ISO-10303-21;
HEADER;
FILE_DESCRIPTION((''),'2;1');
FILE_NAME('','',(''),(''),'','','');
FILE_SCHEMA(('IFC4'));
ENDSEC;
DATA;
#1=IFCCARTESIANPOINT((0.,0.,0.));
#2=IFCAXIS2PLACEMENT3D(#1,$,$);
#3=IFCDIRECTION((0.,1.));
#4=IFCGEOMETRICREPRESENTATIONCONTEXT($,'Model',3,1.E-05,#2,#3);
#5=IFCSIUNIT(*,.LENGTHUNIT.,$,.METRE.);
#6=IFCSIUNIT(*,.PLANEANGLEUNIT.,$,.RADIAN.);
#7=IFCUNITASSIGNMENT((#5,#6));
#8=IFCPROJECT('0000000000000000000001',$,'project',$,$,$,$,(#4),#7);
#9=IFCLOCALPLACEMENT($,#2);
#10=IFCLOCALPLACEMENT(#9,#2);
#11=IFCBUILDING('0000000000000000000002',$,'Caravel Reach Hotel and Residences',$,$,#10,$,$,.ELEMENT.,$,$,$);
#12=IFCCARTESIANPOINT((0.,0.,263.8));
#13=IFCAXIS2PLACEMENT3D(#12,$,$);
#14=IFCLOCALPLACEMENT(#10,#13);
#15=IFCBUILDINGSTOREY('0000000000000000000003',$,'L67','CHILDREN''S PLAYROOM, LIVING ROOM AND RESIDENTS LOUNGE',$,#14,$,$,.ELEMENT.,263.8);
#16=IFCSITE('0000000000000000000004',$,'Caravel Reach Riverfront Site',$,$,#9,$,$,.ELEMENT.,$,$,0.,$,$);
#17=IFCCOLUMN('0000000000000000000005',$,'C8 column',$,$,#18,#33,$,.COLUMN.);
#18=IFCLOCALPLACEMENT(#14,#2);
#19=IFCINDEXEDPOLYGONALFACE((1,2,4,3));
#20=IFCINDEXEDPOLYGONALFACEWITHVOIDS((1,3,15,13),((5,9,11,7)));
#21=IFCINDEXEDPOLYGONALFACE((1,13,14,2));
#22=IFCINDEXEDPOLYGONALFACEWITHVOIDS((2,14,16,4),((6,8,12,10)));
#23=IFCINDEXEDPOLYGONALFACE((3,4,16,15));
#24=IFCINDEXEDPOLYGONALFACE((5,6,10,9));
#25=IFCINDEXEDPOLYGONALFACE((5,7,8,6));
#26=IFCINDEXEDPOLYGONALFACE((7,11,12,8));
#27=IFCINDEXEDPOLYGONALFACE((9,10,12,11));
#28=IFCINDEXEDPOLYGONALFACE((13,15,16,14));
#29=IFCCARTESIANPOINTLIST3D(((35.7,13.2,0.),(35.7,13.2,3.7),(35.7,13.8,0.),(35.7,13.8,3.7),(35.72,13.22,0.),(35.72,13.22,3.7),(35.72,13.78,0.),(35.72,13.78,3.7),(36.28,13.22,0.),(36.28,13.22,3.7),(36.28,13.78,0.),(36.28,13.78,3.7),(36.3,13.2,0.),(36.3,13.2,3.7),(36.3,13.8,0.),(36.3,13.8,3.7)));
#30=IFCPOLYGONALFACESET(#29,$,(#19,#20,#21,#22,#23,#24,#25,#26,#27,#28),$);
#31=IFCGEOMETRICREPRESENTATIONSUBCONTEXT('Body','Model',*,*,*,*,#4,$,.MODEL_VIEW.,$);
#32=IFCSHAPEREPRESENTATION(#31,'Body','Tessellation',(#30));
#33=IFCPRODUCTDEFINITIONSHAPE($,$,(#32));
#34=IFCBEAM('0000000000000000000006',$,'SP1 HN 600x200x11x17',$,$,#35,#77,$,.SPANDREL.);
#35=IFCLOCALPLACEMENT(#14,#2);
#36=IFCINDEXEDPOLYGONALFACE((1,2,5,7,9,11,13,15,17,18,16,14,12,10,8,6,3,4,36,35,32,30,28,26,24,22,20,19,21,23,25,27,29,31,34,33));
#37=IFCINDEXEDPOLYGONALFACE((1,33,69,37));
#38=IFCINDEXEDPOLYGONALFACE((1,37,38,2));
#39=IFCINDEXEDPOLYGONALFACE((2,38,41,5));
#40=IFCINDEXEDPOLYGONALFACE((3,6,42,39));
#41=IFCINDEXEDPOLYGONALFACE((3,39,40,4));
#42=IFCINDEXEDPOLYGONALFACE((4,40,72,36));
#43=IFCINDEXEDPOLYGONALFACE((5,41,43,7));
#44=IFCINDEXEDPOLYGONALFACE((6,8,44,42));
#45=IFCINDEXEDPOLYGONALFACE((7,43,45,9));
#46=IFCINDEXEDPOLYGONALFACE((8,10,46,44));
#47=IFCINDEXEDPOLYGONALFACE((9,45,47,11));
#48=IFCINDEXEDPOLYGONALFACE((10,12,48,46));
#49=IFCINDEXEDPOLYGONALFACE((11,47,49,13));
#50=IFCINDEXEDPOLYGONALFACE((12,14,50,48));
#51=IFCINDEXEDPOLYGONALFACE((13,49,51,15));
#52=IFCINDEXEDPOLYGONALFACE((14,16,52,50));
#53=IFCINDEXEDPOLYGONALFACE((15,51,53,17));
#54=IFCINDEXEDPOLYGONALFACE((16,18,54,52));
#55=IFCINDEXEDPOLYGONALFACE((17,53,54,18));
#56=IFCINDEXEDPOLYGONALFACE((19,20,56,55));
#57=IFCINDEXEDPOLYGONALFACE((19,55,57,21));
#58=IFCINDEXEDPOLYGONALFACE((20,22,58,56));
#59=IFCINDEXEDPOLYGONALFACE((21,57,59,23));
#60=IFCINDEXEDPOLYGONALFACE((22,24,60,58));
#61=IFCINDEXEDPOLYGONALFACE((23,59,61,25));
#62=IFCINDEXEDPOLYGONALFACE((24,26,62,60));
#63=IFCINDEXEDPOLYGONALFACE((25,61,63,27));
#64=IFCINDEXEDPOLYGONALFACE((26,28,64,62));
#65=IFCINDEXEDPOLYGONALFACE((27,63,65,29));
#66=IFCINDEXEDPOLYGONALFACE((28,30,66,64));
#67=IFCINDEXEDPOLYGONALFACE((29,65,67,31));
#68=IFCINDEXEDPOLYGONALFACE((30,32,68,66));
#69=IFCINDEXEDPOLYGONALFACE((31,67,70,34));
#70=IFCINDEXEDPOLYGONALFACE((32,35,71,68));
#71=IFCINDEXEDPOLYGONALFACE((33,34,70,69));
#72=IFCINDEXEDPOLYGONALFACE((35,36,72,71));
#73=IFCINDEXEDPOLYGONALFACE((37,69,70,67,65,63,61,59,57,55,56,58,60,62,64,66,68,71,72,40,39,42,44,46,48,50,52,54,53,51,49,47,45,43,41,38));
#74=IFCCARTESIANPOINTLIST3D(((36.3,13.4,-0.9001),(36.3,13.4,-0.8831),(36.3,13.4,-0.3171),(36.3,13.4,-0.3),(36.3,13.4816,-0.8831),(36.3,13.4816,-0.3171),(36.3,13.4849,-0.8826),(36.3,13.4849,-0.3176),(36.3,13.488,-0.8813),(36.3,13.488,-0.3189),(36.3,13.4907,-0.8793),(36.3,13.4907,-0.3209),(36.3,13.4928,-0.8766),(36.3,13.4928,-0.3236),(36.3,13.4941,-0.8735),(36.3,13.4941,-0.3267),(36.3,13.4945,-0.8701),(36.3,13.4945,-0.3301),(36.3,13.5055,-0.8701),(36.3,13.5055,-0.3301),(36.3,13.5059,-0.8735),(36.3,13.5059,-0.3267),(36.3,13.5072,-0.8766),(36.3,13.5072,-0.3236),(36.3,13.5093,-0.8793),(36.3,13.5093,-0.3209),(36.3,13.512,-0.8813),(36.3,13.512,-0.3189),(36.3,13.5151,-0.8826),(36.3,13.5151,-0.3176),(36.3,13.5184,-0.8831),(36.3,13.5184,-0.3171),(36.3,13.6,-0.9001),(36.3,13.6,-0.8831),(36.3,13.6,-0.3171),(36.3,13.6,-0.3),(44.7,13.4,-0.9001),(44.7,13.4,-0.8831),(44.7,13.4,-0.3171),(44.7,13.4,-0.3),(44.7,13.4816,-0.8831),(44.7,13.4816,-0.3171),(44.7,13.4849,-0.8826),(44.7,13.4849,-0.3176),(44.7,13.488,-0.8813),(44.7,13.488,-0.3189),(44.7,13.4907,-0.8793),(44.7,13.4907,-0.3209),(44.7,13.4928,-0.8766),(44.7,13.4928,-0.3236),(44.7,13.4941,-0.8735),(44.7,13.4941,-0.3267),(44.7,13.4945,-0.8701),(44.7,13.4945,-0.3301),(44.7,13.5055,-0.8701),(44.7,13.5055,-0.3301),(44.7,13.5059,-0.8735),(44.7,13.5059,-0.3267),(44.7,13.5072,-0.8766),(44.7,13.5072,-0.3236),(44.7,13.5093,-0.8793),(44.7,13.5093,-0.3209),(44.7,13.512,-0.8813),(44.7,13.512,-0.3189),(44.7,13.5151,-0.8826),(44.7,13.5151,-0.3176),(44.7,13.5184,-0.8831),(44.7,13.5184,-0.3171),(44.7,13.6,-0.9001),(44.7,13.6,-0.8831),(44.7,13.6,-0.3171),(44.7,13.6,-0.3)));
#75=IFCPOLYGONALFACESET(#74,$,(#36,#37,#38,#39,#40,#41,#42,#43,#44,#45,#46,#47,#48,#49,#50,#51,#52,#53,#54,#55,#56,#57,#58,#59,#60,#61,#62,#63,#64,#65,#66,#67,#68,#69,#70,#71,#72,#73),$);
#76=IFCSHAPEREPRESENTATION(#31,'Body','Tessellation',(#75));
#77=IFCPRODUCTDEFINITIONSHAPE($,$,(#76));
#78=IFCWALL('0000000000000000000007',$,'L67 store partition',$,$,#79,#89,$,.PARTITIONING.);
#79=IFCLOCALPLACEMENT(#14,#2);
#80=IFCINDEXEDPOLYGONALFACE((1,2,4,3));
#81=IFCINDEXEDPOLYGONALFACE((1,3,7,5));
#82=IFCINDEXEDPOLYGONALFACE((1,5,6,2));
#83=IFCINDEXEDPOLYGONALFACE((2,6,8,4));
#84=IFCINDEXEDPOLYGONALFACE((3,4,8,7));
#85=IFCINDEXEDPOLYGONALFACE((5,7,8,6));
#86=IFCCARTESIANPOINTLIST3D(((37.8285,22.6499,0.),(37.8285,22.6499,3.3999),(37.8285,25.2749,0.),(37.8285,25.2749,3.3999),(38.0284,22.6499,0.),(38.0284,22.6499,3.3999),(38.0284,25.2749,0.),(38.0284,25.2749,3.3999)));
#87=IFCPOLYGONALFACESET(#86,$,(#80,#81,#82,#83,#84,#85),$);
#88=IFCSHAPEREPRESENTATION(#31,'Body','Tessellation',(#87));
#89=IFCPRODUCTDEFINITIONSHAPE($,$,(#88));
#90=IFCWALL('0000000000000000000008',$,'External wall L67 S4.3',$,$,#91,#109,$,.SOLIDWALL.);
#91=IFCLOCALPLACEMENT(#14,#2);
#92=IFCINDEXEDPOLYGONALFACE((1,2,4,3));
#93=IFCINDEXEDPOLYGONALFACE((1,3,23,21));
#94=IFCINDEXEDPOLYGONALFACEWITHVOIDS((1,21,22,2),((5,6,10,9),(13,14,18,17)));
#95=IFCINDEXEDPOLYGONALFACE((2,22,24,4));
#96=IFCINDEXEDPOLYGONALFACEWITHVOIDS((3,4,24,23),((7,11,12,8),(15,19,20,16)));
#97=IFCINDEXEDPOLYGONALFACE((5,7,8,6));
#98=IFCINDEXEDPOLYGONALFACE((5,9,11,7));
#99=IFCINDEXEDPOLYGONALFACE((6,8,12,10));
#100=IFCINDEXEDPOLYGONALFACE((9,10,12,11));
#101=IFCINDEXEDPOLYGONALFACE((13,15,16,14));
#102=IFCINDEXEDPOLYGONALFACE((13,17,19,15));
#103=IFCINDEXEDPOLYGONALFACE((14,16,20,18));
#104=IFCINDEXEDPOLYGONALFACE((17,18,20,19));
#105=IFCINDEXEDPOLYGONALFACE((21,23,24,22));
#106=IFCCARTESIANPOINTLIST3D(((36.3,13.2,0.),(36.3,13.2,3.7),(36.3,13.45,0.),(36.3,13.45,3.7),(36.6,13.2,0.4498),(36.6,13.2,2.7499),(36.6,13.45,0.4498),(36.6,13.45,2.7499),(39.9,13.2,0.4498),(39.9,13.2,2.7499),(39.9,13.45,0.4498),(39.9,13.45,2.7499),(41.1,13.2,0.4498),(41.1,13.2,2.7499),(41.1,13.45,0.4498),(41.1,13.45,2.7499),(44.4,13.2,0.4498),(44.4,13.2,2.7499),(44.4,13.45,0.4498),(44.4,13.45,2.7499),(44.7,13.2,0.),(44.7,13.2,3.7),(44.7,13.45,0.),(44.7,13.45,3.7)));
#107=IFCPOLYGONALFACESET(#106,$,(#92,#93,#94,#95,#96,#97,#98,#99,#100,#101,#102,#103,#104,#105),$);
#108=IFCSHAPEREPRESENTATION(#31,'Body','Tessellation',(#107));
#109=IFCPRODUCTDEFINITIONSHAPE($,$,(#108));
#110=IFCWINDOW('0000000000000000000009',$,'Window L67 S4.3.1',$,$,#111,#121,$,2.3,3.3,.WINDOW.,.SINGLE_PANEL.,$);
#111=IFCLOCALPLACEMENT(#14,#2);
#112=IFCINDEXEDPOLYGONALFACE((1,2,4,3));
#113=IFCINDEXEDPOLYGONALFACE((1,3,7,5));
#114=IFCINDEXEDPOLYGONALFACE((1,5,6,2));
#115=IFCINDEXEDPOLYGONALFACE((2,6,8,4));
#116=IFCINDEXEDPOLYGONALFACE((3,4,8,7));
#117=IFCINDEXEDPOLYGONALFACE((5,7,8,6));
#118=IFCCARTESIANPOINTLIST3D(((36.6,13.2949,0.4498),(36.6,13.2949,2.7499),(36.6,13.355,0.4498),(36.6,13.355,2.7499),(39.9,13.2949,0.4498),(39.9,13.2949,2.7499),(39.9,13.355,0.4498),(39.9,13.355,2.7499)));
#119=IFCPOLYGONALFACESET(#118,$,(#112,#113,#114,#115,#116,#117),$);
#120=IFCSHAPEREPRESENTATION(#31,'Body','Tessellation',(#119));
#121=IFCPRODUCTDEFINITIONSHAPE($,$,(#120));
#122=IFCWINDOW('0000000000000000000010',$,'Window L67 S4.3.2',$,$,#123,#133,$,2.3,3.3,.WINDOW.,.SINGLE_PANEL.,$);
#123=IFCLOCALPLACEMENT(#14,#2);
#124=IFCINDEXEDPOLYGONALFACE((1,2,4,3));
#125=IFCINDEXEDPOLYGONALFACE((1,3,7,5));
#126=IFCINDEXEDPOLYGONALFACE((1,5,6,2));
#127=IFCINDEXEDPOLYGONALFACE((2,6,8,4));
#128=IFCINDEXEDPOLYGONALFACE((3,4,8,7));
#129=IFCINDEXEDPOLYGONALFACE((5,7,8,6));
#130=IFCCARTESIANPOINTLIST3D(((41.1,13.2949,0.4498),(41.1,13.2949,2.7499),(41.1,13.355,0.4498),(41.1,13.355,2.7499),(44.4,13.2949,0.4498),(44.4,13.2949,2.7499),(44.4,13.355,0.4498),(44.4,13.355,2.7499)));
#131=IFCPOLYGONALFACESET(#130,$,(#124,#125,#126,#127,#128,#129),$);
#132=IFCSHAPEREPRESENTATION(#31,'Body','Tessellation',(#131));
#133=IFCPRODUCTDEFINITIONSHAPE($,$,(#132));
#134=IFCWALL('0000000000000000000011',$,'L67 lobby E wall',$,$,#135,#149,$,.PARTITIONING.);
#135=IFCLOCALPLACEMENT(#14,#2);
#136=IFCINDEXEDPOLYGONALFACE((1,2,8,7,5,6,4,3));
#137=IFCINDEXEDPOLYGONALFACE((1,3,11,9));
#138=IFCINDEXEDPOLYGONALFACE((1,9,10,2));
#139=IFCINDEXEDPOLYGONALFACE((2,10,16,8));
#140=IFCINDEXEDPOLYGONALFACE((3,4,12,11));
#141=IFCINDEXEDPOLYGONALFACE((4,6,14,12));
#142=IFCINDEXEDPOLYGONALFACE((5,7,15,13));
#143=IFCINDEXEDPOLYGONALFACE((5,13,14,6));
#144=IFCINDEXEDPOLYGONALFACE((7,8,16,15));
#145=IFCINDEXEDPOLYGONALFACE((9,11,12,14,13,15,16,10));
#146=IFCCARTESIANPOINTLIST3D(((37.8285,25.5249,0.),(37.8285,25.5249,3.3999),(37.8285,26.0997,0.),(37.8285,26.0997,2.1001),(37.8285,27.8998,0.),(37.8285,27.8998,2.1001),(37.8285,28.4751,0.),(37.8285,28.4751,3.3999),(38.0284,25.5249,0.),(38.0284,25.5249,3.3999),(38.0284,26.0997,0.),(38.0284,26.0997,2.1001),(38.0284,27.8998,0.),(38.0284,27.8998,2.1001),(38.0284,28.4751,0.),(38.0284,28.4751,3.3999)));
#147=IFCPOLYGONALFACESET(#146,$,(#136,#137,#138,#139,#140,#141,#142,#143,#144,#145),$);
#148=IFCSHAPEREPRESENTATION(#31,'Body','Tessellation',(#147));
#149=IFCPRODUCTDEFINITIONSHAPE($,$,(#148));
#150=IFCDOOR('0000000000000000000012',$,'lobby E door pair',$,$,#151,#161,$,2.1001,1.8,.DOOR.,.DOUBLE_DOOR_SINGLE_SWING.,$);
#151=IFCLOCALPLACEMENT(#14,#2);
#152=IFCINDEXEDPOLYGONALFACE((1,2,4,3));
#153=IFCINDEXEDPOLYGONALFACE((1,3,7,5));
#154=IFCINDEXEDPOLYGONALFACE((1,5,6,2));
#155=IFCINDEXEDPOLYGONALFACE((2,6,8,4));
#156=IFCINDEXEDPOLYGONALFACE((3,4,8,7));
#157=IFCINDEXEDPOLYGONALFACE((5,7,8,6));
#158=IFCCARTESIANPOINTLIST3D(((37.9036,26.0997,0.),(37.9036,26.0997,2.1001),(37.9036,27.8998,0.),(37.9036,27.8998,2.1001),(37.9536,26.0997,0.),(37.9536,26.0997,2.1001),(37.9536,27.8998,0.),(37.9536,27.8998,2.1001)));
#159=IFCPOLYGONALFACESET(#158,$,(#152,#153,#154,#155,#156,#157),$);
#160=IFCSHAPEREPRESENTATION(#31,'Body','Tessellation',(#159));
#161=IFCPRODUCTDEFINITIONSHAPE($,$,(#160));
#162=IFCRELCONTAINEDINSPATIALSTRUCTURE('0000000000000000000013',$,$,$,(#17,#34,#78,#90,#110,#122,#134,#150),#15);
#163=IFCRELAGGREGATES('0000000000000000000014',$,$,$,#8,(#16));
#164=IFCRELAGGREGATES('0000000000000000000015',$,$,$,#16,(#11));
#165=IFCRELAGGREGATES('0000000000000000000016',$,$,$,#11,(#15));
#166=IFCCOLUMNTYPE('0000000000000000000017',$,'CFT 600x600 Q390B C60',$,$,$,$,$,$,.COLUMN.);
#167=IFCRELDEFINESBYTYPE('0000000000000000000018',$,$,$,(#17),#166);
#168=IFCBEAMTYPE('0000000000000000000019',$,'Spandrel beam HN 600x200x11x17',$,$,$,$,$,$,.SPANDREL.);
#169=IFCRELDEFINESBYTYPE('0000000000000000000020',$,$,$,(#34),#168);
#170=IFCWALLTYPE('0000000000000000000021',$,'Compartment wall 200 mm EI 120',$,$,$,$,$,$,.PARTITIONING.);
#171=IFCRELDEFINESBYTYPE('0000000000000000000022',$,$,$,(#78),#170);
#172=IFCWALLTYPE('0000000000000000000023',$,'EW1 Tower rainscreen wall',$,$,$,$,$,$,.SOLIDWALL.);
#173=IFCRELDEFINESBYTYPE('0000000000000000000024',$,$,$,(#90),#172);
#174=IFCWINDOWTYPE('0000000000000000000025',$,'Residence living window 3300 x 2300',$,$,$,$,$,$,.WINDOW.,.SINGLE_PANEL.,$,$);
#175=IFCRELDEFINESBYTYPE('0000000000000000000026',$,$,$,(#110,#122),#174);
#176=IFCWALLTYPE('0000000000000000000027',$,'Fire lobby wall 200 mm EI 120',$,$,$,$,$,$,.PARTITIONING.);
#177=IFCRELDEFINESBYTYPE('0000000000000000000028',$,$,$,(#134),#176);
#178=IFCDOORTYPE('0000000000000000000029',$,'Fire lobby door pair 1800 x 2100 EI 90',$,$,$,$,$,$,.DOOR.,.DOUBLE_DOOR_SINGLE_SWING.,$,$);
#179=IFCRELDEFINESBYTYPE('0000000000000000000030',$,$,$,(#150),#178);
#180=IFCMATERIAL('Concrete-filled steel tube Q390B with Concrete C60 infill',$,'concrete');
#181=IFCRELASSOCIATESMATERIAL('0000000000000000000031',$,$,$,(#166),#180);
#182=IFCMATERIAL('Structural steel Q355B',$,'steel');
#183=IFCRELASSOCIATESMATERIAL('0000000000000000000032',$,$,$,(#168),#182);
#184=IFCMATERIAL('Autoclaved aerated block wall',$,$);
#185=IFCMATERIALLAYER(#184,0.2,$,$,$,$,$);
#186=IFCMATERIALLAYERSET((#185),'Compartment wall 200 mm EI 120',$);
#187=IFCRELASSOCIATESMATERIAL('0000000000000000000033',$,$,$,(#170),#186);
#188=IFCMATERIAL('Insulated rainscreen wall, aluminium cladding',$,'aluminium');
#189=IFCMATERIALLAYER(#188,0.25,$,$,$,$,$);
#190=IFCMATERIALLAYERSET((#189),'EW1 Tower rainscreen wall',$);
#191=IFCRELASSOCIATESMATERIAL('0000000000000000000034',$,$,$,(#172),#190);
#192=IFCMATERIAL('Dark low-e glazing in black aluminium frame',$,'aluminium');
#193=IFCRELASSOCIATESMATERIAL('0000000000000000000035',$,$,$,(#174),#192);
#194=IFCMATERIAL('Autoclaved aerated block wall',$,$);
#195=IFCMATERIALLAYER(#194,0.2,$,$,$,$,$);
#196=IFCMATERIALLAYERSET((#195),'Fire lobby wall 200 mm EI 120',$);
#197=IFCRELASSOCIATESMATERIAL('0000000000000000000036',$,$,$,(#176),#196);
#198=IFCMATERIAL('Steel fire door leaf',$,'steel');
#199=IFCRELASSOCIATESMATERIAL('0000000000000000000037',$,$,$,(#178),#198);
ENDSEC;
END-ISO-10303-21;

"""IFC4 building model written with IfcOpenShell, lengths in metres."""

from ifc_helpers import new_model, si_unit, direction, frame, frame_2d, origin, origin_2d, place, context, subcontext, project, spatial, rectangle, hollow_rectangle, i_section, extrude, material, layer, layer_set, material_profile, profile_set, type_object, element, fill, save


model = new_model("IFC4")

# Units and contexts
model_context = context("Model", 3, precision=1e-05, world=origin(), true_north=direction((0.0, 1.0)))
body_context = subcontext(model_context, "Body", "Model", "MODEL_VIEW")
ifc_project = project(units=[si_unit("LENGTHUNIT", "METRE"), si_unit("PLANEANGLEUNIT", "RADIAN")], contexts=[model_context])

# Site, building, storey
site_placement = place(None, origin())
site = spatial("IfcSite", under=ifc_project, at=site_placement, Name="Caravel Reach Riverfront Site", CompositionType="ELEMENT", RefElevation=0.0)
building_placement = place(site_placement, origin())
building = spatial("IfcBuilding", under=site, at=building_placement, Name="Caravel Reach Hotel and Residences", CompositionType="ELEMENT")
storey_placement = place(building_placement, frame((0.0, 0.0, 263.8)))
storey = spatial("IfcBuildingStorey", under=building, at=storey_placement, Name="L67", Description="CHILDREN'S PLAYROOM, LIVING ROOM AND RESIDENTS LOUNGE", CompositionType="ELEMENT", Elevation=263.8)

# Column
ifc_material_1 = material(Name="Concrete-filled steel tube Q390B with Concrete C60 infill", Category="concrete")
ifc_material_profile_1 = material_profile(ifc_material_1, hollow_rectangle(XDim=0.6001, YDim=0.6001, WallThickness=0.02, at=origin_2d()), Name="RHS 600x600x20")
ifc_profile_set_1 = profile_set([ifc_material_profile_1], Name="Concrete-filled steel tube Q390B with Concrete C60 infill")
column_type = type_object("IfcColumnType", Name="CFT 600x600 Q390B C60", PredefinedType="COLUMN", material=ifc_profile_set_1)
column_placement = place(storey_placement, frame((36.0, 13.5, 0.0), z_axis=(0.0, 0.0, 1.0), x_axis=(1.0, 0.0, 0.0)))
element("IfcColumn", 1, at=column_placement, inside=storey, type_object=column_type, Name="C8 column", PredefinedType="COLUMN", context=body_context, shape_type="SweptSolid", body=[
    extrude(hollow_rectangle(XDim=0.6001, YDim=0.6001, WallThickness=0.02, at=origin_2d()), origin(), (0.0, 0.0, 1.0), 3.7),
])

# Beam
ifc_material_2 = material(Name="Structural steel Q355B", Category="steel")
ifc_material_profile_2 = material_profile(ifc_material_2, i_section(OverallWidth=0.2, OverallDepth=0.6001, WebThickness=0.011, FlangeThickness=0.0171, FilletRadius=0.0129, at=origin_2d()), Name="HN 600x200x11x17")
ifc_profile_set_2 = profile_set([ifc_material_profile_2], Name="Structural steel Q355B")
beam_type = type_object("IfcBeamType", Name="Spandrel beam HN 600x200x11x17", PredefinedType="SPANDREL", material=ifc_profile_set_2)
beam_placement = place(storey_placement, frame((36.3, 13.5, -0.6001), z_axis=(1.0, 0.0, 0.0), x_axis=(0.0, 1.0, 0.0)))
element("IfcBeam", 2, at=beam_placement, inside=storey, type_object=beam_type, Name="SP1 HN 600x200x11x17", PredefinedType="SPANDREL", context=body_context, shape_type="SweptSolid", body=[
    extrude(i_section(OverallWidth=0.2, OverallDepth=0.6001, WebThickness=0.011, FlangeThickness=0.0171, FilletRadius=0.0129, at=origin_2d()), origin(), (0.0, 0.0, 1.0), 8.3999),
])

# Wall
ifc_material_3 = material(Name="Autoclaved aerated block wall")
ifc_layer_1 = layer(ifc_material_3, 0.2)
ifc_layer_set_1 = layer_set([ifc_layer_1], Name="Compartment wall 200 mm EI 120")
wall_type_1 = type_object("IfcWallType", Name="Compartment wall 200 mm EI 120", PredefinedType="PARTITIONING", material=ifc_layer_set_1)
wall_1_placement = place(storey_placement, frame((37.9285, 22.6499, 0.0), z_axis=(0.0, 0.0, 1.0), x_axis=(0.0, 1.0, 0.0)))
element("IfcWall", 3, at=wall_1_placement, inside=storey, type_object=wall_type_1, Name="L67 store partition", PredefinedType="PARTITIONING", context=body_context, shape_type="SweptSolid", body=[
    extrude(rectangle(XDim=2.625, YDim=0.2, at=frame_2d((1.3125, 0.0))), origin(), (0.0, 0.0, 1.0), 3.3999),
])

# Wall, openings, windows
ifc_material_4 = material(Name="Insulated rainscreen wall, aluminium cladding", Category="aluminium")
ifc_layer_2 = layer(ifc_material_4, 0.25)
ifc_layer_set_2 = layer_set([ifc_layer_2], Name="EW1 Tower rainscreen wall")
wall_type_2 = type_object("IfcWallType", Name="EW1 Tower rainscreen wall", PredefinedType="SOLIDWALL", material=ifc_layer_set_2)
wall_2_placement = place(storey_placement, frame((36.3, 13.325, 0.0), z_axis=(0.0, 0.0, 1.0), x_axis=(1.0, 0.0, 0.0)))
wall_2 = element("IfcWall", 4, at=wall_2_placement, inside=storey, type_object=wall_type_2, Name="External wall L67 S4.3", PredefinedType="SOLIDWALL", context=body_context, shape_type="SweptSolid", body=[
    extrude(rectangle(XDim=8.3999, YDim=0.25, at=frame_2d((4.2, 0.0))), origin(), (0.0, 0.0, 1.0), 3.7),
])
opening_1_placement = place(wall_2_placement, frame((0.3, 0.0, 0.45)))
opening_1 = element("IfcOpeningElement", 5, at=opening_1_placement, cuts=wall_2, PredefinedType="OPENING", context=body_context, shape_type="SweptSolid", body=[
    extrude(rectangle(XDim=3.3, YDim=2.3, at=frame_2d((1.6499, 1.1499))), frame((0.0, 0.135, 0.0), z_axis=(0.0, -1.0, 0.0), x_axis=(1.0, 0.0, 0.0)), (0.0, 0.0, 1.0), 0.27),
])
opening_2_placement = place(wall_2_placement, frame((4.8, 0.0, 0.45)))
opening_2 = element("IfcOpeningElement", 6, at=opening_2_placement, cuts=wall_2, PredefinedType="OPENING", context=body_context, shape_type="SweptSolid", body=[
    extrude(rectangle(XDim=3.3, YDim=2.3, at=frame_2d((1.6499, 1.1499))), frame((0.0, 0.135, 0.0), z_axis=(0.0, -1.0, 0.0), x_axis=(1.0, 0.0, 0.0)), (0.0, 0.0, 1.0), 0.27),
])
ifc_material_5 = material(Name="Dark low-e glazing in black aluminium frame", Category="aluminium")
window_type = type_object("IfcWindowType", Name="Residence living window 3300 x 2300", PartitioningType="SINGLE_PANEL", PredefinedType="WINDOW", material=ifc_material_5)
window_1_placement = place(opening_1_placement, origin())
window_1 = element("IfcWindow", 7, at=window_1_placement, inside=storey, type_object=window_type, Name="Window L67 S4.3.1", OverallHeight=2.3, OverallWidth=3.3, PartitioningType="SINGLE_PANEL", PredefinedType="WINDOW", context=body_context, shape_type="SweptSolid", body=[
    extrude(rectangle(XDim=3.3, YDim=2.3, at=frame_2d((1.6499, 1.1499))), frame((0.0, 0.03, 0.0), z_axis=(0.0, -1.0, 0.0), x_axis=(1.0, 0.0, 0.0)), (0.0, 0.0, 1.0), 0.0601),
])
fill(opening_1, window_1)
window_2_placement = place(opening_2_placement, origin())
window_2 = element("IfcWindow", 8, at=window_2_placement, inside=storey, type_object=window_type, Name="Window L67 S4.3.2", OverallHeight=2.3, OverallWidth=3.3, PartitioningType="SINGLE_PANEL", PredefinedType="WINDOW", context=body_context, shape_type="SweptSolid", body=[
    extrude(rectangle(XDim=3.3, YDim=2.3, at=frame_2d((1.6499, 1.1499))), frame((0.0, 0.03, 0.0), z_axis=(0.0, -1.0, 0.0), x_axis=(1.0, 0.0, 0.0)), (0.0, 0.0, 1.0), 0.0601),
])
fill(opening_2, window_2)

# Wall, opening, door
ifc_material_6 = material(Name="Autoclaved aerated block wall")
ifc_layer_3 = layer(ifc_material_6, 0.2)
ifc_layer_set_3 = layer_set([ifc_layer_3], Name="Fire lobby wall 200 mm EI 120")
wall_type_3 = type_object("IfcWallType", Name="Fire lobby wall 200 mm EI 120", PredefinedType="PARTITIONING", material=ifc_layer_set_3)
wall_3_placement = place(storey_placement, frame((37.9285, 25.5249, 0.0), z_axis=(0.0, 0.0, 1.0), x_axis=(0.0, 1.0, 0.0)))
wall_3 = element("IfcWall", 9, at=wall_3_placement, inside=storey, type_object=wall_type_3, Name="L67 lobby E wall", PredefinedType="PARTITIONING", context=body_context, shape_type="SweptSolid", body=[
    extrude(rectangle(XDim=2.9502, YDim=0.2, at=frame_2d((1.4751, 0.0))), origin(), (0.0, 0.0, 1.0), 3.3999),
])
opening_3_placement = place(wall_3_placement, frame((0.575, 0.0, 0.0)))
opening_3 = element("IfcOpeningElement", 10, at=opening_3_placement, cuts=wall_3, PredefinedType="OPENING", context=body_context, shape_type="SweptSolid", body=[
    extrude(rectangle(XDim=1.8, YDim=2.1001, at=frame_2d((0.8999, 1.05))), frame((0.0, 0.1099, 0.0), z_axis=(0.0, -1.0, 0.0), x_axis=(1.0, 0.0, 0.0)), (0.0, 0.0, 1.0), 0.22),
])
ifc_material_7 = material(Name="Steel fire door leaf", Category="steel")
door_type_1 = type_object("IfcDoorType", Name="Fire lobby door pair 1800 x 2100 EI 90", OperationType="DOUBLE_DOOR_SINGLE_SWING", PredefinedType="DOOR", material=ifc_material_7)
door_1_placement = place(opening_3_placement, origin())
door_1 = element("IfcDoor", 11, at=door_1_placement, inside=storey, type_object=door_type_1, Name="lobby E door pair", OperationType="DOUBLE_DOOR_SINGLE_SWING", OverallHeight=2.1001, OverallWidth=1.8, PredefinedType="DOOR", context=body_context, shape_type="SweptSolid", body=[
    extrude(rectangle(XDim=1.8, YDim=2.1001, at=frame_2d((0.8999, 1.05))), frame((0.0, 0.0249, 0.0), z_axis=(0.0, -1.0, 0.0), x_axis=(1.0, 0.0, 0.0)), (0.0, 0.0, 1.0), 0.05),
])
fill(opening_3, door_1)

save(model, "model.ifc")
